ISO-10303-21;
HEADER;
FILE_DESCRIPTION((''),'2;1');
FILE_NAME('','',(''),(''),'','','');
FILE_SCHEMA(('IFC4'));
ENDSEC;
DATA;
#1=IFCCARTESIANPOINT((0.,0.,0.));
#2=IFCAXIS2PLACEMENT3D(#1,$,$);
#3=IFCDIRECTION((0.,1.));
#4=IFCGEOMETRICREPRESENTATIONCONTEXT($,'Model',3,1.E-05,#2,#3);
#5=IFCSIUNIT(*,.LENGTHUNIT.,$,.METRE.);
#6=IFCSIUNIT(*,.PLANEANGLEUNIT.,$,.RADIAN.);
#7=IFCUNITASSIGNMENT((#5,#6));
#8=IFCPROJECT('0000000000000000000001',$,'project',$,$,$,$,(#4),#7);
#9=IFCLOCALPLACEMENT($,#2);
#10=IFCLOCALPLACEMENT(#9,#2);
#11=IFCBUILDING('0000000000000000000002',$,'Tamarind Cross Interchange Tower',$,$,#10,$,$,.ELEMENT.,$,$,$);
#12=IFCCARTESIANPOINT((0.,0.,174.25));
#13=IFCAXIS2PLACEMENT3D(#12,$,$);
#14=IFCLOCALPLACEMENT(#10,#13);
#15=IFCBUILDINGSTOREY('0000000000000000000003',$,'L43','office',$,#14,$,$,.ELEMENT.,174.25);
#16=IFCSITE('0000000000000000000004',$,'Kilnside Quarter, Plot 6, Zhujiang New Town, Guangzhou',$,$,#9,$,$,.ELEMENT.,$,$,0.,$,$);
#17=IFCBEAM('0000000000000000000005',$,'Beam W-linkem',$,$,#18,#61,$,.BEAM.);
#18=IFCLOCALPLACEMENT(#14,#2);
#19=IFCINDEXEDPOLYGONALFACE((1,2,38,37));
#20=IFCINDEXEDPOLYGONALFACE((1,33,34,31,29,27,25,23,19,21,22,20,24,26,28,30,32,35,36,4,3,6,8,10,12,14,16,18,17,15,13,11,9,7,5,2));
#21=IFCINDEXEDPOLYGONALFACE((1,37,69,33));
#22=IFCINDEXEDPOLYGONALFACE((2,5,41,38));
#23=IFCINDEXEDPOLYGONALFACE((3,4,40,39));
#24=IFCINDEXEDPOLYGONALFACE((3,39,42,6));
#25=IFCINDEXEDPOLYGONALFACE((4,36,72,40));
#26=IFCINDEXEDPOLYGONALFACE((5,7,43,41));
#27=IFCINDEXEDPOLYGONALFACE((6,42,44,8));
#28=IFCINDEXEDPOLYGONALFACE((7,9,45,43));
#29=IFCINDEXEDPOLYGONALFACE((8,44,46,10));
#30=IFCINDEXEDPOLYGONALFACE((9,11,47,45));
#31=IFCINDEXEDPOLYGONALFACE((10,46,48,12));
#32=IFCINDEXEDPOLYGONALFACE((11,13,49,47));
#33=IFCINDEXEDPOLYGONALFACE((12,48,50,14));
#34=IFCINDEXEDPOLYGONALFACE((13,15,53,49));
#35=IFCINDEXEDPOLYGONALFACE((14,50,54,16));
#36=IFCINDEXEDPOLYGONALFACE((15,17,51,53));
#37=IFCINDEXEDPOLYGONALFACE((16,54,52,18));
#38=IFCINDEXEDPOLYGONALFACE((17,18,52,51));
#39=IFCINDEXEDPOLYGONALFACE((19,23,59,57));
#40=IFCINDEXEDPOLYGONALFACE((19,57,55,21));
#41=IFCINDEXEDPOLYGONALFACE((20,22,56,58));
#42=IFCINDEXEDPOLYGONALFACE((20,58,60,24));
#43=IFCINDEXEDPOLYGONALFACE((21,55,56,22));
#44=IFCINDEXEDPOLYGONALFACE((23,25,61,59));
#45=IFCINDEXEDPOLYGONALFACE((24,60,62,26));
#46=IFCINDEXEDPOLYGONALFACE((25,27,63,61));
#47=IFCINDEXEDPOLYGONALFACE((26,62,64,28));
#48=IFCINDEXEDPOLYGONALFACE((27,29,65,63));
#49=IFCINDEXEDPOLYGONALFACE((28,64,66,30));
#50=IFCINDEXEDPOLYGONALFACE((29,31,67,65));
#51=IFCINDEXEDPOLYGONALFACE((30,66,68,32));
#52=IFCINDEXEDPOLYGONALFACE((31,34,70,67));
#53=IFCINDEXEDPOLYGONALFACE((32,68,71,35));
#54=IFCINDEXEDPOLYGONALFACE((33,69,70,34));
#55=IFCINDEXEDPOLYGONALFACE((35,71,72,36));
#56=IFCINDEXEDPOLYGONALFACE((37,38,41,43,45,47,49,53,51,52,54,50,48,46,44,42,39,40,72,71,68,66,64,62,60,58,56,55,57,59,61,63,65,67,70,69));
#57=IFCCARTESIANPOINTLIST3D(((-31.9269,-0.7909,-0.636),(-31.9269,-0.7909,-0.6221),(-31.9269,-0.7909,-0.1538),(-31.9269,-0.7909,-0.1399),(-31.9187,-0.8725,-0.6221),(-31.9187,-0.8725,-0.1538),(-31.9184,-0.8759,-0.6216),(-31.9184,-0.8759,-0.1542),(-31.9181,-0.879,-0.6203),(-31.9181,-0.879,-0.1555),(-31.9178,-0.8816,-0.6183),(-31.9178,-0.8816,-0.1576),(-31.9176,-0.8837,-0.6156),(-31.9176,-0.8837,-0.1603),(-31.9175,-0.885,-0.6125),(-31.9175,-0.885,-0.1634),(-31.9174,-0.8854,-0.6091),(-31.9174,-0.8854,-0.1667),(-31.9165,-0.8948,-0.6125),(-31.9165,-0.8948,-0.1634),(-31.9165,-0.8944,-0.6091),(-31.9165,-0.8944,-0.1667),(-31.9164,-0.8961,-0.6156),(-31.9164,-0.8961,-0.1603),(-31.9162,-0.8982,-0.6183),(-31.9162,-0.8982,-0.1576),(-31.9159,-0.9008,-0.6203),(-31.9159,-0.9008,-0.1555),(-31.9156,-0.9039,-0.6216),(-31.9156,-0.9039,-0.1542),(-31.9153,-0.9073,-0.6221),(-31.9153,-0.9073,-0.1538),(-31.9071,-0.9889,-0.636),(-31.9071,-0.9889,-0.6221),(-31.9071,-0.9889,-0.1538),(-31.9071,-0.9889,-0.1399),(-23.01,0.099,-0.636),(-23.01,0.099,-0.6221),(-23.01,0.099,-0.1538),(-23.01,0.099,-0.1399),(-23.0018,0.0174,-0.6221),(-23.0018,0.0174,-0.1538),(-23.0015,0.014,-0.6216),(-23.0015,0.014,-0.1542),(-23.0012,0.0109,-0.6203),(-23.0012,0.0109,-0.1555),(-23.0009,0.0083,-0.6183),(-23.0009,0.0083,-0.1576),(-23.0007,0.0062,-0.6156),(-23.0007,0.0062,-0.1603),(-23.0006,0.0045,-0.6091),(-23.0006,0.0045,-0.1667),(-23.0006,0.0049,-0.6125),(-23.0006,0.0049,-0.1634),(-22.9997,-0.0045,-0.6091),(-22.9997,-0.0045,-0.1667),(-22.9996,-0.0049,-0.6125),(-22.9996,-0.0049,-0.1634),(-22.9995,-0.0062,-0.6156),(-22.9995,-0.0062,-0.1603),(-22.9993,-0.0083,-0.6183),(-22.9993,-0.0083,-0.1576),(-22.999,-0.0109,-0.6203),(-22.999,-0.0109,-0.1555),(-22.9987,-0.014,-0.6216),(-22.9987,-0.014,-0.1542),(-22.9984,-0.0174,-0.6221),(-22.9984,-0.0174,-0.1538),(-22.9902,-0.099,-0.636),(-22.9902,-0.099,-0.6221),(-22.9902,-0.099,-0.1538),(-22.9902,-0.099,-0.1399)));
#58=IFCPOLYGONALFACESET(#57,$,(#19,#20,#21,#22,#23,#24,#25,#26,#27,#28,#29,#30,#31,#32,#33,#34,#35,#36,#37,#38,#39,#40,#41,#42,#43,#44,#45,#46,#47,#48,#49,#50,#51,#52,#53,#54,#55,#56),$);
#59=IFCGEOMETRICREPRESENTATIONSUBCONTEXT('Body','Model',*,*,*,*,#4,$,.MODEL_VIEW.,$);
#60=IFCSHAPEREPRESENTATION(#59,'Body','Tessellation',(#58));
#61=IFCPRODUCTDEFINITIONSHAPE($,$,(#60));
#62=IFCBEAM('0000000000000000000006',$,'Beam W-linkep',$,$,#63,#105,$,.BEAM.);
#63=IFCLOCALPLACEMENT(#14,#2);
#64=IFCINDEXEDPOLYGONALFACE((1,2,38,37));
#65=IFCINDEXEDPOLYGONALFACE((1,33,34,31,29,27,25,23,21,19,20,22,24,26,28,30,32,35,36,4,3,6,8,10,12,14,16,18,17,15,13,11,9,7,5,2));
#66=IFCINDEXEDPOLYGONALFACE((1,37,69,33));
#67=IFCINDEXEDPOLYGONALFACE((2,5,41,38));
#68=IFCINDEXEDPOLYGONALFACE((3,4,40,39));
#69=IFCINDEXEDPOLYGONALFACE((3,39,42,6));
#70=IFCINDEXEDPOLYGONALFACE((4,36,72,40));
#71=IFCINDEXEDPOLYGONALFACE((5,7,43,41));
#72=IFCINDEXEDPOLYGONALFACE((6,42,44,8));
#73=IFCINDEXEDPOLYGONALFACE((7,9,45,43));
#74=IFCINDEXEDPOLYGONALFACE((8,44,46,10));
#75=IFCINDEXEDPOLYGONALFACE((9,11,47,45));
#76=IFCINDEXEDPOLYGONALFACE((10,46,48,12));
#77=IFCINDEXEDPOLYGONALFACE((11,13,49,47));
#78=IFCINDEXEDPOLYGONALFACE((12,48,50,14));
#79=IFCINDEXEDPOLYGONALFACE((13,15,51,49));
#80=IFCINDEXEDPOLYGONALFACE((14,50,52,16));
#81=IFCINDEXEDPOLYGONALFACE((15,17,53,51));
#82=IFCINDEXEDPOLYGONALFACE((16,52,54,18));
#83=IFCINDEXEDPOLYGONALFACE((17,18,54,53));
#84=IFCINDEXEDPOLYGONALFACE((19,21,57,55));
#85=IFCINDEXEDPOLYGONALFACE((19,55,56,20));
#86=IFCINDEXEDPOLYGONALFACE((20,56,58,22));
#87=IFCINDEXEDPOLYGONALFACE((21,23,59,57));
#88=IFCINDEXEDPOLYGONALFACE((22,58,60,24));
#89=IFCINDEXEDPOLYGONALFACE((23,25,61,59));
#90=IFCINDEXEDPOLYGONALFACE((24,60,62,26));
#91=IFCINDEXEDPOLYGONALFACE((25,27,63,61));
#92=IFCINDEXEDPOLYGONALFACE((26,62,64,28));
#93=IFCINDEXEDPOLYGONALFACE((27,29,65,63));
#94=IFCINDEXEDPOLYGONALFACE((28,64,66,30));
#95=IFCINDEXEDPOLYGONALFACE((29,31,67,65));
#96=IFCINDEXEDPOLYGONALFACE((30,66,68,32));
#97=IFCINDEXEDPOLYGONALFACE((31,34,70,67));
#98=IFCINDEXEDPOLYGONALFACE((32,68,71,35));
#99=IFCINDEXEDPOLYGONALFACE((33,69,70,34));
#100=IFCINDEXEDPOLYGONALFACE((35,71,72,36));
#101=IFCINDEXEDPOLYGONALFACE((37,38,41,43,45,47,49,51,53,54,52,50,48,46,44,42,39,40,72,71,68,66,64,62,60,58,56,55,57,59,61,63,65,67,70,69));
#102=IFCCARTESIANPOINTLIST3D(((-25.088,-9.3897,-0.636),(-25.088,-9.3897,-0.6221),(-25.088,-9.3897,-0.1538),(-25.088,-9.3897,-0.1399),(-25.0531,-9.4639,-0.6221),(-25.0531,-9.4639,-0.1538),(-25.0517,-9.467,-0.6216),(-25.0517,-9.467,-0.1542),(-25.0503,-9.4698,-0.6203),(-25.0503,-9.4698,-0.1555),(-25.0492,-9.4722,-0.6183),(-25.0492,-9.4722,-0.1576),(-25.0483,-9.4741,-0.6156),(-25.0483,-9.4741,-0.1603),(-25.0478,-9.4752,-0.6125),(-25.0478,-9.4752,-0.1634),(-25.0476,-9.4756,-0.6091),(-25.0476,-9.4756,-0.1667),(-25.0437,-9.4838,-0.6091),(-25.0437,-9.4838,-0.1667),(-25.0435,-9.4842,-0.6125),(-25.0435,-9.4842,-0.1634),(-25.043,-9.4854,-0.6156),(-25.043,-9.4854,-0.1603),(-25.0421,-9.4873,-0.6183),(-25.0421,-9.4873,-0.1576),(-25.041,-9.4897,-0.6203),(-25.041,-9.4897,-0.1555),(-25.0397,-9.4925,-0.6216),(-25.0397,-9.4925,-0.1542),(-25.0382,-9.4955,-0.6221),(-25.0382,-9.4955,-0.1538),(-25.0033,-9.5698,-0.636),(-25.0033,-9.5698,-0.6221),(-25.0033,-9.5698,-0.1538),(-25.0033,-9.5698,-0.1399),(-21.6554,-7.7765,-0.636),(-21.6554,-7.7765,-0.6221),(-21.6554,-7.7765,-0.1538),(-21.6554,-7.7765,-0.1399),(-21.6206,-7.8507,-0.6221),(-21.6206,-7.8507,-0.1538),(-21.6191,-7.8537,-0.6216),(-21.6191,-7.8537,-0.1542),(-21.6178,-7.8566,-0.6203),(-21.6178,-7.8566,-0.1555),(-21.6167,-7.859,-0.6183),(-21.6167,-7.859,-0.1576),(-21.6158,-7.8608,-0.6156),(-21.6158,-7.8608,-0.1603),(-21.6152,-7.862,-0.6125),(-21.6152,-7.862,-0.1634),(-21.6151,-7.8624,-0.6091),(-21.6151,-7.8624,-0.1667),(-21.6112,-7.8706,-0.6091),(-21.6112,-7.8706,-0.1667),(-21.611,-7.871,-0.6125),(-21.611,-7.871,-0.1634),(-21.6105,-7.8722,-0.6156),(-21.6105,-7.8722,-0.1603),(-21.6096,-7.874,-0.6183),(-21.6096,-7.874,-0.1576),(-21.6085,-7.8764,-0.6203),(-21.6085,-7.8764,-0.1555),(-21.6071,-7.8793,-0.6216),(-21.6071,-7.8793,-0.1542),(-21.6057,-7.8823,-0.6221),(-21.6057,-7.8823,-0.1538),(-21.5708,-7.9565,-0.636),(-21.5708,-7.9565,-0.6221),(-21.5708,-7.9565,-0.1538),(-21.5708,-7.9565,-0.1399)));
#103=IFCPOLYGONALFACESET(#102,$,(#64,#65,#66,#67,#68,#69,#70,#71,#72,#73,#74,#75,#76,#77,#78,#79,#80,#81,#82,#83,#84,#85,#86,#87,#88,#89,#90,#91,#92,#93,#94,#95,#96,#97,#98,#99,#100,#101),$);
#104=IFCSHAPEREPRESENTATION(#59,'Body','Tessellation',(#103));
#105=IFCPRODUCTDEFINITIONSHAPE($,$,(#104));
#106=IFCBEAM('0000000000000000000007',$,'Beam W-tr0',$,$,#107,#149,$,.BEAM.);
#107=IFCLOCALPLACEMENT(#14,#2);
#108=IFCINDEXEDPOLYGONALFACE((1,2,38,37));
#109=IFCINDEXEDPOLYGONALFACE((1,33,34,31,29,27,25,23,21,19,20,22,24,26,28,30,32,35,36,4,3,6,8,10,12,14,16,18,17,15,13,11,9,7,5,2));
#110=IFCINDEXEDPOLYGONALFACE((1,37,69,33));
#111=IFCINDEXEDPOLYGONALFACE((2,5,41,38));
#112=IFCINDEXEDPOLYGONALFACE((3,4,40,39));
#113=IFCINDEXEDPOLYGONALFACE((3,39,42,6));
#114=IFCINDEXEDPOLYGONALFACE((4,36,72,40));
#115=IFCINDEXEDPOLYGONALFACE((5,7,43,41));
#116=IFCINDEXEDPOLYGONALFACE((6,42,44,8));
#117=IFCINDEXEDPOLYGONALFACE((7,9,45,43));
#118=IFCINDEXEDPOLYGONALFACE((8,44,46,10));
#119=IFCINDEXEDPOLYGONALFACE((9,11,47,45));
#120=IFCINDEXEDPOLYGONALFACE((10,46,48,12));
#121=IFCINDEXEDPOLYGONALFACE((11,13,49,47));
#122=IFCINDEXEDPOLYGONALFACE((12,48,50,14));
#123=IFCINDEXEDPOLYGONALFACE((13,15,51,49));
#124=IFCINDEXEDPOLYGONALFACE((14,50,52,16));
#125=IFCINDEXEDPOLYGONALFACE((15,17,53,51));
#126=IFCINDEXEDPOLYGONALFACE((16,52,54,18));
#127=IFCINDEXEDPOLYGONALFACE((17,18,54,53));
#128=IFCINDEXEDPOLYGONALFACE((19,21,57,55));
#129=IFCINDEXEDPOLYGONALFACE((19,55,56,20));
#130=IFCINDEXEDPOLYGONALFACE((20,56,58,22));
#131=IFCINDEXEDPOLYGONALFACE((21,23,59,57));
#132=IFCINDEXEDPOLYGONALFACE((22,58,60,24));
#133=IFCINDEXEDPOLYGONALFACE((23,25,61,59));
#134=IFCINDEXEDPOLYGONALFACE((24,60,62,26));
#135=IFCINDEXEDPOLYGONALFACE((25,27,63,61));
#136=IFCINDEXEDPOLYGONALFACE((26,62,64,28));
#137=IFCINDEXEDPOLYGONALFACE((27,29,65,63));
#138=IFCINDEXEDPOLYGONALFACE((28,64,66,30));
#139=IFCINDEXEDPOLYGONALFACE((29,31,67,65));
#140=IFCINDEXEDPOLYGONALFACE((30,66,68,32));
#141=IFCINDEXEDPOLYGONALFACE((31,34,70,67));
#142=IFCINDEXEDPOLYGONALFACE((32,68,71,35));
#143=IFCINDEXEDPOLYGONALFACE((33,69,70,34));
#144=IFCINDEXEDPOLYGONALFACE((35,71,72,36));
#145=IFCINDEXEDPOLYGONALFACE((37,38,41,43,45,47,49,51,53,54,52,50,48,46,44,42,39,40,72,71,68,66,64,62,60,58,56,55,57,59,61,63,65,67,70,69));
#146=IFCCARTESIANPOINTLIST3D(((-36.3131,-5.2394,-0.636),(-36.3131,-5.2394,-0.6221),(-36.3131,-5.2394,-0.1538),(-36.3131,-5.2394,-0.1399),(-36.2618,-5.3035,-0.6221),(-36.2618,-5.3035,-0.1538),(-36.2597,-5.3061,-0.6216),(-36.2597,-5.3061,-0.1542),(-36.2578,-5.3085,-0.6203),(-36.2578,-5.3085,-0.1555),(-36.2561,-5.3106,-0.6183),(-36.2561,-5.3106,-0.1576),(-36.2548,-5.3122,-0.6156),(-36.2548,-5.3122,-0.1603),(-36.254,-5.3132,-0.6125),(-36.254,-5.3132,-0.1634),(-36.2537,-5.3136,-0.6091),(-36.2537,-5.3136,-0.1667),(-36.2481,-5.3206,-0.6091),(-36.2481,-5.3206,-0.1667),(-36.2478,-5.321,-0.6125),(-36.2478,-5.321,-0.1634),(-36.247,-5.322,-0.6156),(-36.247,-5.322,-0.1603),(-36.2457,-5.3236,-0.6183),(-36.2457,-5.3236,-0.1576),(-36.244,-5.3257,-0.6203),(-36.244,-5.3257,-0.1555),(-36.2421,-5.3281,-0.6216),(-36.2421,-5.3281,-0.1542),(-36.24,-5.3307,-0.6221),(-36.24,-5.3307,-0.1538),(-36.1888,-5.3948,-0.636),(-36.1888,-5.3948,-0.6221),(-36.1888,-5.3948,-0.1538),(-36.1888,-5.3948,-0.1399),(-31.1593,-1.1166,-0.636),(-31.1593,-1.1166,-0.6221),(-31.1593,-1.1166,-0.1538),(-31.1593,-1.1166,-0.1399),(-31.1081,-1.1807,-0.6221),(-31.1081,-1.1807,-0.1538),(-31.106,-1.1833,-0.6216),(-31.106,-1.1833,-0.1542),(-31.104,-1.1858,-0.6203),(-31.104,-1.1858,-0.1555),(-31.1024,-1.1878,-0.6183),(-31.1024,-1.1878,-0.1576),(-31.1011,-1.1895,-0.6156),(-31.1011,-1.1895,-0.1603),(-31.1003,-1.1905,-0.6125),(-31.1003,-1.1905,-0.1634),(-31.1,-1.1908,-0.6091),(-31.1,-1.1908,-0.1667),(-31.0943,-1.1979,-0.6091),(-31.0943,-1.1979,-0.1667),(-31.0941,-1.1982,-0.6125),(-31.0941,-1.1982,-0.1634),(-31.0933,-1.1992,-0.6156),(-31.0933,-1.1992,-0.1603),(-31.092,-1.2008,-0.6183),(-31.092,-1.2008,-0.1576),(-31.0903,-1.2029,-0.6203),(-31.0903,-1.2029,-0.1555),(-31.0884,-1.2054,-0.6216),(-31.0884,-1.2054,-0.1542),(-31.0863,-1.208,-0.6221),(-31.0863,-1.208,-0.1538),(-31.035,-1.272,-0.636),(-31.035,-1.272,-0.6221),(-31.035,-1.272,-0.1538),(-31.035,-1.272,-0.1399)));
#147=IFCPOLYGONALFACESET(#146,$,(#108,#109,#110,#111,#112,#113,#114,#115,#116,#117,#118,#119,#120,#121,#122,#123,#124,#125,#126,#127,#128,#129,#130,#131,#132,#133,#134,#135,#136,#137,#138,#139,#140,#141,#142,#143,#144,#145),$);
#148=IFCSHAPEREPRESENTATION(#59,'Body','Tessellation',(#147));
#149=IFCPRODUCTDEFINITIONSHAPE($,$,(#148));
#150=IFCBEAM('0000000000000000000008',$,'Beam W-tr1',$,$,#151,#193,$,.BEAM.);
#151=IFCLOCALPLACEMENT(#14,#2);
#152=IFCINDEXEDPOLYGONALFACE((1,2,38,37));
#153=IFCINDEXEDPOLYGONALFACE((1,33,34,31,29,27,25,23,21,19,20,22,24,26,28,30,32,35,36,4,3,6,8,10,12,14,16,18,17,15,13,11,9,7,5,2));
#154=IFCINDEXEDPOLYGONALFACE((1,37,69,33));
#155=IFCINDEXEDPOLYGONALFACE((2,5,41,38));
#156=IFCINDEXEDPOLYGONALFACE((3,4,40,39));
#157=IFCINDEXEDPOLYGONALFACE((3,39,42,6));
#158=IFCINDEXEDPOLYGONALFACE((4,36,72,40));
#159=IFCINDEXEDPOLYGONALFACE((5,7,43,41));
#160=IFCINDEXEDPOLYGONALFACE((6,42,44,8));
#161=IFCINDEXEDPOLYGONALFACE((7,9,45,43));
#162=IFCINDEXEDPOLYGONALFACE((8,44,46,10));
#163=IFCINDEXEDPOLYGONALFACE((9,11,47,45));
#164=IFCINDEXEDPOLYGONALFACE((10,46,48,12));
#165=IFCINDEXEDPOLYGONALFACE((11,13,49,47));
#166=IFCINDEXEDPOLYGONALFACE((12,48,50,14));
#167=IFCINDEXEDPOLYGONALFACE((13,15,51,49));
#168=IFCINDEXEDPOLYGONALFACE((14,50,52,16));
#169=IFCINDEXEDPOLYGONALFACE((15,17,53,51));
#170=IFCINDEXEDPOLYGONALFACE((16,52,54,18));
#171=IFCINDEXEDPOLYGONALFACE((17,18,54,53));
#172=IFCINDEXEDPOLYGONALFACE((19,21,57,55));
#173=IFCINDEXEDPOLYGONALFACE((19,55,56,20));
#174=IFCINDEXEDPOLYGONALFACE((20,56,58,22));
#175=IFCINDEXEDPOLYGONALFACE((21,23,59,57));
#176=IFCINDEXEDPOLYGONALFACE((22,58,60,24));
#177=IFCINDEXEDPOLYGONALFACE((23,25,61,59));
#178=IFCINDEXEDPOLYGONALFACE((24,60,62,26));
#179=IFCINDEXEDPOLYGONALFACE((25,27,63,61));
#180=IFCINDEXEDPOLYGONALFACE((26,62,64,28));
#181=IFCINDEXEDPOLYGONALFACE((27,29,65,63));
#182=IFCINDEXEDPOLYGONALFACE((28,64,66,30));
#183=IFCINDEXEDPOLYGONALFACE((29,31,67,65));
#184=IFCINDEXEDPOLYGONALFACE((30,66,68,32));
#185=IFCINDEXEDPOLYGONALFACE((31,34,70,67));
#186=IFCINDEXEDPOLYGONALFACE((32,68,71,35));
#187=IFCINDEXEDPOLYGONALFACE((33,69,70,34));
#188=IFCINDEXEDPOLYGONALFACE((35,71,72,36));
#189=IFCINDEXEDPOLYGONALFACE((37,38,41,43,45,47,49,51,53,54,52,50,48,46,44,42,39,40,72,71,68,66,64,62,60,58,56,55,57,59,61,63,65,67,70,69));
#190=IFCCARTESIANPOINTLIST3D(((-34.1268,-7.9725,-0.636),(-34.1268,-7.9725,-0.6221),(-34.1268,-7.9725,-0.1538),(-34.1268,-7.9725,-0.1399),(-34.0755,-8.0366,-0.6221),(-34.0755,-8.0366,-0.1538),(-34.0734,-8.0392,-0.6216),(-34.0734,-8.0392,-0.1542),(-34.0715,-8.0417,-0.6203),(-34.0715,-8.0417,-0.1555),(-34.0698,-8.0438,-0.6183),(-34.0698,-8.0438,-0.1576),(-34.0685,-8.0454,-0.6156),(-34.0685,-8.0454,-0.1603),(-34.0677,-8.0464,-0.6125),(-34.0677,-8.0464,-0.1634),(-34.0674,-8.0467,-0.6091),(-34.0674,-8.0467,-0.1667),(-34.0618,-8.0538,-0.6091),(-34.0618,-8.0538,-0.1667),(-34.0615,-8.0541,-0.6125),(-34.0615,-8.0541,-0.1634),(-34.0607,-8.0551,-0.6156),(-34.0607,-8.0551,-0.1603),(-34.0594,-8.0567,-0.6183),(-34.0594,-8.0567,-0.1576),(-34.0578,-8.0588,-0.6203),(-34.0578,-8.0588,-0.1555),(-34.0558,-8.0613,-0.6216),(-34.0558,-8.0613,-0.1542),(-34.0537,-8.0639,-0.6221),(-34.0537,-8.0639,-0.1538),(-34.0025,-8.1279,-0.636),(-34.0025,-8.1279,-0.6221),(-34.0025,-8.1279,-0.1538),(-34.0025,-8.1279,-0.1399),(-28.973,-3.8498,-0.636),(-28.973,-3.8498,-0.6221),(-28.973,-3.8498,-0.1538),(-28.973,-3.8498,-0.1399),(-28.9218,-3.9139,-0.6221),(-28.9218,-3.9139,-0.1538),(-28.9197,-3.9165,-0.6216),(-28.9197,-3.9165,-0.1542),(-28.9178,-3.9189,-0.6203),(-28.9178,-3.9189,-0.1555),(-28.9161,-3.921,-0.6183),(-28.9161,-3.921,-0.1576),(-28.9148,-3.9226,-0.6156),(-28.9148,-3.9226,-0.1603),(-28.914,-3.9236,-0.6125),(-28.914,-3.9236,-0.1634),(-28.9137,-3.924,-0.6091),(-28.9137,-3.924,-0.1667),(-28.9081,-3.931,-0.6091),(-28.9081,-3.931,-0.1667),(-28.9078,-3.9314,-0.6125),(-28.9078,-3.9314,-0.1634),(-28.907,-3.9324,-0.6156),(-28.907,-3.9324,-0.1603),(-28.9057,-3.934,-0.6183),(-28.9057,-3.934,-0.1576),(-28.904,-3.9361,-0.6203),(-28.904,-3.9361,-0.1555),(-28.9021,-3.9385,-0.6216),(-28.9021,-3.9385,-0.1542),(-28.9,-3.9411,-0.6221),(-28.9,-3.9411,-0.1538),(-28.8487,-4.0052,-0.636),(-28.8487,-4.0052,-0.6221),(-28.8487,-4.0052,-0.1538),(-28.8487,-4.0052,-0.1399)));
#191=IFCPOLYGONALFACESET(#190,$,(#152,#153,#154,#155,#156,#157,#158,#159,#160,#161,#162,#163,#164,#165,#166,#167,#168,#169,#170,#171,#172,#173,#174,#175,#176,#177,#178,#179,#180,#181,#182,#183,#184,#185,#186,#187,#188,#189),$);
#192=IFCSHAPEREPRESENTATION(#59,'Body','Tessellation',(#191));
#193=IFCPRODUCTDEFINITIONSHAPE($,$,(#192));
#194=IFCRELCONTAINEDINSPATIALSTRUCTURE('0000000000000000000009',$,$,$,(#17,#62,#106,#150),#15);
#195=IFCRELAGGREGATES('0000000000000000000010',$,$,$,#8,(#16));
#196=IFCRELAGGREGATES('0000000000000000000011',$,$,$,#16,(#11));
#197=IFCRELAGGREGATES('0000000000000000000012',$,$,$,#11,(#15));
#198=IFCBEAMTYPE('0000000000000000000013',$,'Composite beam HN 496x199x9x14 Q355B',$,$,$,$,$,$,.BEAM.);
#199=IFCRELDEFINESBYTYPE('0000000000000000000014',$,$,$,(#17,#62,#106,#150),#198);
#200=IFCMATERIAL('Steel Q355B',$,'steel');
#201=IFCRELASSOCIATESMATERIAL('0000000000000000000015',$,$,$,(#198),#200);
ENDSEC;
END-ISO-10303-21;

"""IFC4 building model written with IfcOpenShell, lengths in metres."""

from ifc_helpers import new_model, si_unit, direction, frame, origin, origin_2d, place, context, subcontext, project, spatial, i_section, extrude, material, material_profile, profile_set, type_object, element, save


model = new_model("IFC4")

# Units and contexts
model_context = context("Model", 3, precision=1e-05, world=origin(), true_north=direction((0.0, 1.0)))
body_context = subcontext(model_context, "Body", "Model", "MODEL_VIEW")
ifc_project = project(units=[si_unit("LENGTHUNIT", "METRE"), si_unit("PLANEANGLEUNIT", "RADIAN")], contexts=[model_context])

# Site, building, storey
site_placement = place(None, origin())
site = spatial("IfcSite", under=ifc_project, at=site_placement, Name="Kilnside Quarter, Plot 6, Zhujiang New Town, Guangzhou", CompositionType="ELEMENT", RefElevation=0.0)
building_placement = place(site_placement, origin())
building = spatial("IfcBuilding", under=site, at=building_placement, Name="Tamarind Cross Interchange Tower", CompositionType="ELEMENT")
storey_placement = place(building_placement, frame((0.0, 0.0, 174.25)))
storey = spatial("IfcBuildingStorey", under=building, at=storey_placement, Name="L43", Description="office", CompositionType="ELEMENT", Elevation=174.25)

# Beams
ifc_material_1 = material(Name="Steel Q355B", Category="steel")
ifc_material_profile_1 = material_profile(ifc_material_1, i_section(OverallWidth=0.199, OverallDepth=0.4961, WebThickness=0.009, FlangeThickness=0.0139, FilletRadius=0.0129, at=origin_2d()), Name="HN 496x199x9x14")
ifc_profile_set_1 = profile_set([ifc_material_profile_1], Name="Steel Q355B")
beam_type_1 = type_object("IfcBeamType", Name="Composite beam HN 496x199x9x14 Q355B", PredefinedType="BEAM", material=ifc_profile_set_1)
beam_1_placement = place(storey_placement, frame((-31.917, -0.8899, -0.3879), z_axis=(0.995057, 0.099304, 0.0), x_axis=(-0.099304, 0.995057, 0.0)))
element("IfcBeam", 1, at=beam_1_placement, inside=storey, type_object=beam_type_1, Name="Beam W-linkem", PredefinedType="BEAM", context=body_context, shape_type="SweptSolid", body=[
    extrude(i_section(OverallWidth=0.199, OverallDepth=0.4961, WebThickness=0.009, FlangeThickness=0.0139, FilletRadius=0.0129, at=origin_2d()), origin(), (0.0, 0.0, 1.0), 8.9612),
])
beam_2_placement = place(storey_placement, frame((-25.0457, -9.4797, -0.3879), z_axis=(0.905029, 0.425351, 0.0), x_axis=(-0.425351, 0.905029, 0.0)))
element("IfcBeam", 2, at=beam_2_placement, inside=storey, type_object=beam_type_1, Name="Beam W-linkep", PredefinedType="BEAM", context=body_context, shape_type="SweptSolid", body=[
    extrude(i_section(OverallWidth=0.199, OverallDepth=0.4961, WebThickness=0.009, FlangeThickness=0.0139, FilletRadius=0.0129, at=origin_2d()), origin(), (0.0, 0.0, 1.0), 3.7927),
])
for number, where, z_axis, x_axis, name in (
    (3, (-31.0972, -1.1943, -0.3879), (-0.780887, -0.624672, 0.0), (0.624672, -0.780887, 0.0), "Beam W-tr0"),
    (4, (-28.9109, -3.9275, -0.3879), (-0.780887, -0.624672, 0.0), (0.624672, -0.780887, 0.0), "Beam W-tr1"),
):
    element("IfcBeam", number, at=place(storey_placement, frame(where, z_axis=z_axis, x_axis=x_axis)), inside=storey, type_object=beam_type_1, Name=name, PredefinedType="BEAM", context=body_context, shape_type="SweptSolid", body=[
        extrude(i_section(OverallWidth=0.199, OverallDepth=0.4961, WebThickness=0.009, FlangeThickness=0.0139, FilletRadius=0.0129, at=origin_2d()), origin(), (0.0, 0.0, 1.0), 6.5999),
    ])

save(model, "model.ifc")
